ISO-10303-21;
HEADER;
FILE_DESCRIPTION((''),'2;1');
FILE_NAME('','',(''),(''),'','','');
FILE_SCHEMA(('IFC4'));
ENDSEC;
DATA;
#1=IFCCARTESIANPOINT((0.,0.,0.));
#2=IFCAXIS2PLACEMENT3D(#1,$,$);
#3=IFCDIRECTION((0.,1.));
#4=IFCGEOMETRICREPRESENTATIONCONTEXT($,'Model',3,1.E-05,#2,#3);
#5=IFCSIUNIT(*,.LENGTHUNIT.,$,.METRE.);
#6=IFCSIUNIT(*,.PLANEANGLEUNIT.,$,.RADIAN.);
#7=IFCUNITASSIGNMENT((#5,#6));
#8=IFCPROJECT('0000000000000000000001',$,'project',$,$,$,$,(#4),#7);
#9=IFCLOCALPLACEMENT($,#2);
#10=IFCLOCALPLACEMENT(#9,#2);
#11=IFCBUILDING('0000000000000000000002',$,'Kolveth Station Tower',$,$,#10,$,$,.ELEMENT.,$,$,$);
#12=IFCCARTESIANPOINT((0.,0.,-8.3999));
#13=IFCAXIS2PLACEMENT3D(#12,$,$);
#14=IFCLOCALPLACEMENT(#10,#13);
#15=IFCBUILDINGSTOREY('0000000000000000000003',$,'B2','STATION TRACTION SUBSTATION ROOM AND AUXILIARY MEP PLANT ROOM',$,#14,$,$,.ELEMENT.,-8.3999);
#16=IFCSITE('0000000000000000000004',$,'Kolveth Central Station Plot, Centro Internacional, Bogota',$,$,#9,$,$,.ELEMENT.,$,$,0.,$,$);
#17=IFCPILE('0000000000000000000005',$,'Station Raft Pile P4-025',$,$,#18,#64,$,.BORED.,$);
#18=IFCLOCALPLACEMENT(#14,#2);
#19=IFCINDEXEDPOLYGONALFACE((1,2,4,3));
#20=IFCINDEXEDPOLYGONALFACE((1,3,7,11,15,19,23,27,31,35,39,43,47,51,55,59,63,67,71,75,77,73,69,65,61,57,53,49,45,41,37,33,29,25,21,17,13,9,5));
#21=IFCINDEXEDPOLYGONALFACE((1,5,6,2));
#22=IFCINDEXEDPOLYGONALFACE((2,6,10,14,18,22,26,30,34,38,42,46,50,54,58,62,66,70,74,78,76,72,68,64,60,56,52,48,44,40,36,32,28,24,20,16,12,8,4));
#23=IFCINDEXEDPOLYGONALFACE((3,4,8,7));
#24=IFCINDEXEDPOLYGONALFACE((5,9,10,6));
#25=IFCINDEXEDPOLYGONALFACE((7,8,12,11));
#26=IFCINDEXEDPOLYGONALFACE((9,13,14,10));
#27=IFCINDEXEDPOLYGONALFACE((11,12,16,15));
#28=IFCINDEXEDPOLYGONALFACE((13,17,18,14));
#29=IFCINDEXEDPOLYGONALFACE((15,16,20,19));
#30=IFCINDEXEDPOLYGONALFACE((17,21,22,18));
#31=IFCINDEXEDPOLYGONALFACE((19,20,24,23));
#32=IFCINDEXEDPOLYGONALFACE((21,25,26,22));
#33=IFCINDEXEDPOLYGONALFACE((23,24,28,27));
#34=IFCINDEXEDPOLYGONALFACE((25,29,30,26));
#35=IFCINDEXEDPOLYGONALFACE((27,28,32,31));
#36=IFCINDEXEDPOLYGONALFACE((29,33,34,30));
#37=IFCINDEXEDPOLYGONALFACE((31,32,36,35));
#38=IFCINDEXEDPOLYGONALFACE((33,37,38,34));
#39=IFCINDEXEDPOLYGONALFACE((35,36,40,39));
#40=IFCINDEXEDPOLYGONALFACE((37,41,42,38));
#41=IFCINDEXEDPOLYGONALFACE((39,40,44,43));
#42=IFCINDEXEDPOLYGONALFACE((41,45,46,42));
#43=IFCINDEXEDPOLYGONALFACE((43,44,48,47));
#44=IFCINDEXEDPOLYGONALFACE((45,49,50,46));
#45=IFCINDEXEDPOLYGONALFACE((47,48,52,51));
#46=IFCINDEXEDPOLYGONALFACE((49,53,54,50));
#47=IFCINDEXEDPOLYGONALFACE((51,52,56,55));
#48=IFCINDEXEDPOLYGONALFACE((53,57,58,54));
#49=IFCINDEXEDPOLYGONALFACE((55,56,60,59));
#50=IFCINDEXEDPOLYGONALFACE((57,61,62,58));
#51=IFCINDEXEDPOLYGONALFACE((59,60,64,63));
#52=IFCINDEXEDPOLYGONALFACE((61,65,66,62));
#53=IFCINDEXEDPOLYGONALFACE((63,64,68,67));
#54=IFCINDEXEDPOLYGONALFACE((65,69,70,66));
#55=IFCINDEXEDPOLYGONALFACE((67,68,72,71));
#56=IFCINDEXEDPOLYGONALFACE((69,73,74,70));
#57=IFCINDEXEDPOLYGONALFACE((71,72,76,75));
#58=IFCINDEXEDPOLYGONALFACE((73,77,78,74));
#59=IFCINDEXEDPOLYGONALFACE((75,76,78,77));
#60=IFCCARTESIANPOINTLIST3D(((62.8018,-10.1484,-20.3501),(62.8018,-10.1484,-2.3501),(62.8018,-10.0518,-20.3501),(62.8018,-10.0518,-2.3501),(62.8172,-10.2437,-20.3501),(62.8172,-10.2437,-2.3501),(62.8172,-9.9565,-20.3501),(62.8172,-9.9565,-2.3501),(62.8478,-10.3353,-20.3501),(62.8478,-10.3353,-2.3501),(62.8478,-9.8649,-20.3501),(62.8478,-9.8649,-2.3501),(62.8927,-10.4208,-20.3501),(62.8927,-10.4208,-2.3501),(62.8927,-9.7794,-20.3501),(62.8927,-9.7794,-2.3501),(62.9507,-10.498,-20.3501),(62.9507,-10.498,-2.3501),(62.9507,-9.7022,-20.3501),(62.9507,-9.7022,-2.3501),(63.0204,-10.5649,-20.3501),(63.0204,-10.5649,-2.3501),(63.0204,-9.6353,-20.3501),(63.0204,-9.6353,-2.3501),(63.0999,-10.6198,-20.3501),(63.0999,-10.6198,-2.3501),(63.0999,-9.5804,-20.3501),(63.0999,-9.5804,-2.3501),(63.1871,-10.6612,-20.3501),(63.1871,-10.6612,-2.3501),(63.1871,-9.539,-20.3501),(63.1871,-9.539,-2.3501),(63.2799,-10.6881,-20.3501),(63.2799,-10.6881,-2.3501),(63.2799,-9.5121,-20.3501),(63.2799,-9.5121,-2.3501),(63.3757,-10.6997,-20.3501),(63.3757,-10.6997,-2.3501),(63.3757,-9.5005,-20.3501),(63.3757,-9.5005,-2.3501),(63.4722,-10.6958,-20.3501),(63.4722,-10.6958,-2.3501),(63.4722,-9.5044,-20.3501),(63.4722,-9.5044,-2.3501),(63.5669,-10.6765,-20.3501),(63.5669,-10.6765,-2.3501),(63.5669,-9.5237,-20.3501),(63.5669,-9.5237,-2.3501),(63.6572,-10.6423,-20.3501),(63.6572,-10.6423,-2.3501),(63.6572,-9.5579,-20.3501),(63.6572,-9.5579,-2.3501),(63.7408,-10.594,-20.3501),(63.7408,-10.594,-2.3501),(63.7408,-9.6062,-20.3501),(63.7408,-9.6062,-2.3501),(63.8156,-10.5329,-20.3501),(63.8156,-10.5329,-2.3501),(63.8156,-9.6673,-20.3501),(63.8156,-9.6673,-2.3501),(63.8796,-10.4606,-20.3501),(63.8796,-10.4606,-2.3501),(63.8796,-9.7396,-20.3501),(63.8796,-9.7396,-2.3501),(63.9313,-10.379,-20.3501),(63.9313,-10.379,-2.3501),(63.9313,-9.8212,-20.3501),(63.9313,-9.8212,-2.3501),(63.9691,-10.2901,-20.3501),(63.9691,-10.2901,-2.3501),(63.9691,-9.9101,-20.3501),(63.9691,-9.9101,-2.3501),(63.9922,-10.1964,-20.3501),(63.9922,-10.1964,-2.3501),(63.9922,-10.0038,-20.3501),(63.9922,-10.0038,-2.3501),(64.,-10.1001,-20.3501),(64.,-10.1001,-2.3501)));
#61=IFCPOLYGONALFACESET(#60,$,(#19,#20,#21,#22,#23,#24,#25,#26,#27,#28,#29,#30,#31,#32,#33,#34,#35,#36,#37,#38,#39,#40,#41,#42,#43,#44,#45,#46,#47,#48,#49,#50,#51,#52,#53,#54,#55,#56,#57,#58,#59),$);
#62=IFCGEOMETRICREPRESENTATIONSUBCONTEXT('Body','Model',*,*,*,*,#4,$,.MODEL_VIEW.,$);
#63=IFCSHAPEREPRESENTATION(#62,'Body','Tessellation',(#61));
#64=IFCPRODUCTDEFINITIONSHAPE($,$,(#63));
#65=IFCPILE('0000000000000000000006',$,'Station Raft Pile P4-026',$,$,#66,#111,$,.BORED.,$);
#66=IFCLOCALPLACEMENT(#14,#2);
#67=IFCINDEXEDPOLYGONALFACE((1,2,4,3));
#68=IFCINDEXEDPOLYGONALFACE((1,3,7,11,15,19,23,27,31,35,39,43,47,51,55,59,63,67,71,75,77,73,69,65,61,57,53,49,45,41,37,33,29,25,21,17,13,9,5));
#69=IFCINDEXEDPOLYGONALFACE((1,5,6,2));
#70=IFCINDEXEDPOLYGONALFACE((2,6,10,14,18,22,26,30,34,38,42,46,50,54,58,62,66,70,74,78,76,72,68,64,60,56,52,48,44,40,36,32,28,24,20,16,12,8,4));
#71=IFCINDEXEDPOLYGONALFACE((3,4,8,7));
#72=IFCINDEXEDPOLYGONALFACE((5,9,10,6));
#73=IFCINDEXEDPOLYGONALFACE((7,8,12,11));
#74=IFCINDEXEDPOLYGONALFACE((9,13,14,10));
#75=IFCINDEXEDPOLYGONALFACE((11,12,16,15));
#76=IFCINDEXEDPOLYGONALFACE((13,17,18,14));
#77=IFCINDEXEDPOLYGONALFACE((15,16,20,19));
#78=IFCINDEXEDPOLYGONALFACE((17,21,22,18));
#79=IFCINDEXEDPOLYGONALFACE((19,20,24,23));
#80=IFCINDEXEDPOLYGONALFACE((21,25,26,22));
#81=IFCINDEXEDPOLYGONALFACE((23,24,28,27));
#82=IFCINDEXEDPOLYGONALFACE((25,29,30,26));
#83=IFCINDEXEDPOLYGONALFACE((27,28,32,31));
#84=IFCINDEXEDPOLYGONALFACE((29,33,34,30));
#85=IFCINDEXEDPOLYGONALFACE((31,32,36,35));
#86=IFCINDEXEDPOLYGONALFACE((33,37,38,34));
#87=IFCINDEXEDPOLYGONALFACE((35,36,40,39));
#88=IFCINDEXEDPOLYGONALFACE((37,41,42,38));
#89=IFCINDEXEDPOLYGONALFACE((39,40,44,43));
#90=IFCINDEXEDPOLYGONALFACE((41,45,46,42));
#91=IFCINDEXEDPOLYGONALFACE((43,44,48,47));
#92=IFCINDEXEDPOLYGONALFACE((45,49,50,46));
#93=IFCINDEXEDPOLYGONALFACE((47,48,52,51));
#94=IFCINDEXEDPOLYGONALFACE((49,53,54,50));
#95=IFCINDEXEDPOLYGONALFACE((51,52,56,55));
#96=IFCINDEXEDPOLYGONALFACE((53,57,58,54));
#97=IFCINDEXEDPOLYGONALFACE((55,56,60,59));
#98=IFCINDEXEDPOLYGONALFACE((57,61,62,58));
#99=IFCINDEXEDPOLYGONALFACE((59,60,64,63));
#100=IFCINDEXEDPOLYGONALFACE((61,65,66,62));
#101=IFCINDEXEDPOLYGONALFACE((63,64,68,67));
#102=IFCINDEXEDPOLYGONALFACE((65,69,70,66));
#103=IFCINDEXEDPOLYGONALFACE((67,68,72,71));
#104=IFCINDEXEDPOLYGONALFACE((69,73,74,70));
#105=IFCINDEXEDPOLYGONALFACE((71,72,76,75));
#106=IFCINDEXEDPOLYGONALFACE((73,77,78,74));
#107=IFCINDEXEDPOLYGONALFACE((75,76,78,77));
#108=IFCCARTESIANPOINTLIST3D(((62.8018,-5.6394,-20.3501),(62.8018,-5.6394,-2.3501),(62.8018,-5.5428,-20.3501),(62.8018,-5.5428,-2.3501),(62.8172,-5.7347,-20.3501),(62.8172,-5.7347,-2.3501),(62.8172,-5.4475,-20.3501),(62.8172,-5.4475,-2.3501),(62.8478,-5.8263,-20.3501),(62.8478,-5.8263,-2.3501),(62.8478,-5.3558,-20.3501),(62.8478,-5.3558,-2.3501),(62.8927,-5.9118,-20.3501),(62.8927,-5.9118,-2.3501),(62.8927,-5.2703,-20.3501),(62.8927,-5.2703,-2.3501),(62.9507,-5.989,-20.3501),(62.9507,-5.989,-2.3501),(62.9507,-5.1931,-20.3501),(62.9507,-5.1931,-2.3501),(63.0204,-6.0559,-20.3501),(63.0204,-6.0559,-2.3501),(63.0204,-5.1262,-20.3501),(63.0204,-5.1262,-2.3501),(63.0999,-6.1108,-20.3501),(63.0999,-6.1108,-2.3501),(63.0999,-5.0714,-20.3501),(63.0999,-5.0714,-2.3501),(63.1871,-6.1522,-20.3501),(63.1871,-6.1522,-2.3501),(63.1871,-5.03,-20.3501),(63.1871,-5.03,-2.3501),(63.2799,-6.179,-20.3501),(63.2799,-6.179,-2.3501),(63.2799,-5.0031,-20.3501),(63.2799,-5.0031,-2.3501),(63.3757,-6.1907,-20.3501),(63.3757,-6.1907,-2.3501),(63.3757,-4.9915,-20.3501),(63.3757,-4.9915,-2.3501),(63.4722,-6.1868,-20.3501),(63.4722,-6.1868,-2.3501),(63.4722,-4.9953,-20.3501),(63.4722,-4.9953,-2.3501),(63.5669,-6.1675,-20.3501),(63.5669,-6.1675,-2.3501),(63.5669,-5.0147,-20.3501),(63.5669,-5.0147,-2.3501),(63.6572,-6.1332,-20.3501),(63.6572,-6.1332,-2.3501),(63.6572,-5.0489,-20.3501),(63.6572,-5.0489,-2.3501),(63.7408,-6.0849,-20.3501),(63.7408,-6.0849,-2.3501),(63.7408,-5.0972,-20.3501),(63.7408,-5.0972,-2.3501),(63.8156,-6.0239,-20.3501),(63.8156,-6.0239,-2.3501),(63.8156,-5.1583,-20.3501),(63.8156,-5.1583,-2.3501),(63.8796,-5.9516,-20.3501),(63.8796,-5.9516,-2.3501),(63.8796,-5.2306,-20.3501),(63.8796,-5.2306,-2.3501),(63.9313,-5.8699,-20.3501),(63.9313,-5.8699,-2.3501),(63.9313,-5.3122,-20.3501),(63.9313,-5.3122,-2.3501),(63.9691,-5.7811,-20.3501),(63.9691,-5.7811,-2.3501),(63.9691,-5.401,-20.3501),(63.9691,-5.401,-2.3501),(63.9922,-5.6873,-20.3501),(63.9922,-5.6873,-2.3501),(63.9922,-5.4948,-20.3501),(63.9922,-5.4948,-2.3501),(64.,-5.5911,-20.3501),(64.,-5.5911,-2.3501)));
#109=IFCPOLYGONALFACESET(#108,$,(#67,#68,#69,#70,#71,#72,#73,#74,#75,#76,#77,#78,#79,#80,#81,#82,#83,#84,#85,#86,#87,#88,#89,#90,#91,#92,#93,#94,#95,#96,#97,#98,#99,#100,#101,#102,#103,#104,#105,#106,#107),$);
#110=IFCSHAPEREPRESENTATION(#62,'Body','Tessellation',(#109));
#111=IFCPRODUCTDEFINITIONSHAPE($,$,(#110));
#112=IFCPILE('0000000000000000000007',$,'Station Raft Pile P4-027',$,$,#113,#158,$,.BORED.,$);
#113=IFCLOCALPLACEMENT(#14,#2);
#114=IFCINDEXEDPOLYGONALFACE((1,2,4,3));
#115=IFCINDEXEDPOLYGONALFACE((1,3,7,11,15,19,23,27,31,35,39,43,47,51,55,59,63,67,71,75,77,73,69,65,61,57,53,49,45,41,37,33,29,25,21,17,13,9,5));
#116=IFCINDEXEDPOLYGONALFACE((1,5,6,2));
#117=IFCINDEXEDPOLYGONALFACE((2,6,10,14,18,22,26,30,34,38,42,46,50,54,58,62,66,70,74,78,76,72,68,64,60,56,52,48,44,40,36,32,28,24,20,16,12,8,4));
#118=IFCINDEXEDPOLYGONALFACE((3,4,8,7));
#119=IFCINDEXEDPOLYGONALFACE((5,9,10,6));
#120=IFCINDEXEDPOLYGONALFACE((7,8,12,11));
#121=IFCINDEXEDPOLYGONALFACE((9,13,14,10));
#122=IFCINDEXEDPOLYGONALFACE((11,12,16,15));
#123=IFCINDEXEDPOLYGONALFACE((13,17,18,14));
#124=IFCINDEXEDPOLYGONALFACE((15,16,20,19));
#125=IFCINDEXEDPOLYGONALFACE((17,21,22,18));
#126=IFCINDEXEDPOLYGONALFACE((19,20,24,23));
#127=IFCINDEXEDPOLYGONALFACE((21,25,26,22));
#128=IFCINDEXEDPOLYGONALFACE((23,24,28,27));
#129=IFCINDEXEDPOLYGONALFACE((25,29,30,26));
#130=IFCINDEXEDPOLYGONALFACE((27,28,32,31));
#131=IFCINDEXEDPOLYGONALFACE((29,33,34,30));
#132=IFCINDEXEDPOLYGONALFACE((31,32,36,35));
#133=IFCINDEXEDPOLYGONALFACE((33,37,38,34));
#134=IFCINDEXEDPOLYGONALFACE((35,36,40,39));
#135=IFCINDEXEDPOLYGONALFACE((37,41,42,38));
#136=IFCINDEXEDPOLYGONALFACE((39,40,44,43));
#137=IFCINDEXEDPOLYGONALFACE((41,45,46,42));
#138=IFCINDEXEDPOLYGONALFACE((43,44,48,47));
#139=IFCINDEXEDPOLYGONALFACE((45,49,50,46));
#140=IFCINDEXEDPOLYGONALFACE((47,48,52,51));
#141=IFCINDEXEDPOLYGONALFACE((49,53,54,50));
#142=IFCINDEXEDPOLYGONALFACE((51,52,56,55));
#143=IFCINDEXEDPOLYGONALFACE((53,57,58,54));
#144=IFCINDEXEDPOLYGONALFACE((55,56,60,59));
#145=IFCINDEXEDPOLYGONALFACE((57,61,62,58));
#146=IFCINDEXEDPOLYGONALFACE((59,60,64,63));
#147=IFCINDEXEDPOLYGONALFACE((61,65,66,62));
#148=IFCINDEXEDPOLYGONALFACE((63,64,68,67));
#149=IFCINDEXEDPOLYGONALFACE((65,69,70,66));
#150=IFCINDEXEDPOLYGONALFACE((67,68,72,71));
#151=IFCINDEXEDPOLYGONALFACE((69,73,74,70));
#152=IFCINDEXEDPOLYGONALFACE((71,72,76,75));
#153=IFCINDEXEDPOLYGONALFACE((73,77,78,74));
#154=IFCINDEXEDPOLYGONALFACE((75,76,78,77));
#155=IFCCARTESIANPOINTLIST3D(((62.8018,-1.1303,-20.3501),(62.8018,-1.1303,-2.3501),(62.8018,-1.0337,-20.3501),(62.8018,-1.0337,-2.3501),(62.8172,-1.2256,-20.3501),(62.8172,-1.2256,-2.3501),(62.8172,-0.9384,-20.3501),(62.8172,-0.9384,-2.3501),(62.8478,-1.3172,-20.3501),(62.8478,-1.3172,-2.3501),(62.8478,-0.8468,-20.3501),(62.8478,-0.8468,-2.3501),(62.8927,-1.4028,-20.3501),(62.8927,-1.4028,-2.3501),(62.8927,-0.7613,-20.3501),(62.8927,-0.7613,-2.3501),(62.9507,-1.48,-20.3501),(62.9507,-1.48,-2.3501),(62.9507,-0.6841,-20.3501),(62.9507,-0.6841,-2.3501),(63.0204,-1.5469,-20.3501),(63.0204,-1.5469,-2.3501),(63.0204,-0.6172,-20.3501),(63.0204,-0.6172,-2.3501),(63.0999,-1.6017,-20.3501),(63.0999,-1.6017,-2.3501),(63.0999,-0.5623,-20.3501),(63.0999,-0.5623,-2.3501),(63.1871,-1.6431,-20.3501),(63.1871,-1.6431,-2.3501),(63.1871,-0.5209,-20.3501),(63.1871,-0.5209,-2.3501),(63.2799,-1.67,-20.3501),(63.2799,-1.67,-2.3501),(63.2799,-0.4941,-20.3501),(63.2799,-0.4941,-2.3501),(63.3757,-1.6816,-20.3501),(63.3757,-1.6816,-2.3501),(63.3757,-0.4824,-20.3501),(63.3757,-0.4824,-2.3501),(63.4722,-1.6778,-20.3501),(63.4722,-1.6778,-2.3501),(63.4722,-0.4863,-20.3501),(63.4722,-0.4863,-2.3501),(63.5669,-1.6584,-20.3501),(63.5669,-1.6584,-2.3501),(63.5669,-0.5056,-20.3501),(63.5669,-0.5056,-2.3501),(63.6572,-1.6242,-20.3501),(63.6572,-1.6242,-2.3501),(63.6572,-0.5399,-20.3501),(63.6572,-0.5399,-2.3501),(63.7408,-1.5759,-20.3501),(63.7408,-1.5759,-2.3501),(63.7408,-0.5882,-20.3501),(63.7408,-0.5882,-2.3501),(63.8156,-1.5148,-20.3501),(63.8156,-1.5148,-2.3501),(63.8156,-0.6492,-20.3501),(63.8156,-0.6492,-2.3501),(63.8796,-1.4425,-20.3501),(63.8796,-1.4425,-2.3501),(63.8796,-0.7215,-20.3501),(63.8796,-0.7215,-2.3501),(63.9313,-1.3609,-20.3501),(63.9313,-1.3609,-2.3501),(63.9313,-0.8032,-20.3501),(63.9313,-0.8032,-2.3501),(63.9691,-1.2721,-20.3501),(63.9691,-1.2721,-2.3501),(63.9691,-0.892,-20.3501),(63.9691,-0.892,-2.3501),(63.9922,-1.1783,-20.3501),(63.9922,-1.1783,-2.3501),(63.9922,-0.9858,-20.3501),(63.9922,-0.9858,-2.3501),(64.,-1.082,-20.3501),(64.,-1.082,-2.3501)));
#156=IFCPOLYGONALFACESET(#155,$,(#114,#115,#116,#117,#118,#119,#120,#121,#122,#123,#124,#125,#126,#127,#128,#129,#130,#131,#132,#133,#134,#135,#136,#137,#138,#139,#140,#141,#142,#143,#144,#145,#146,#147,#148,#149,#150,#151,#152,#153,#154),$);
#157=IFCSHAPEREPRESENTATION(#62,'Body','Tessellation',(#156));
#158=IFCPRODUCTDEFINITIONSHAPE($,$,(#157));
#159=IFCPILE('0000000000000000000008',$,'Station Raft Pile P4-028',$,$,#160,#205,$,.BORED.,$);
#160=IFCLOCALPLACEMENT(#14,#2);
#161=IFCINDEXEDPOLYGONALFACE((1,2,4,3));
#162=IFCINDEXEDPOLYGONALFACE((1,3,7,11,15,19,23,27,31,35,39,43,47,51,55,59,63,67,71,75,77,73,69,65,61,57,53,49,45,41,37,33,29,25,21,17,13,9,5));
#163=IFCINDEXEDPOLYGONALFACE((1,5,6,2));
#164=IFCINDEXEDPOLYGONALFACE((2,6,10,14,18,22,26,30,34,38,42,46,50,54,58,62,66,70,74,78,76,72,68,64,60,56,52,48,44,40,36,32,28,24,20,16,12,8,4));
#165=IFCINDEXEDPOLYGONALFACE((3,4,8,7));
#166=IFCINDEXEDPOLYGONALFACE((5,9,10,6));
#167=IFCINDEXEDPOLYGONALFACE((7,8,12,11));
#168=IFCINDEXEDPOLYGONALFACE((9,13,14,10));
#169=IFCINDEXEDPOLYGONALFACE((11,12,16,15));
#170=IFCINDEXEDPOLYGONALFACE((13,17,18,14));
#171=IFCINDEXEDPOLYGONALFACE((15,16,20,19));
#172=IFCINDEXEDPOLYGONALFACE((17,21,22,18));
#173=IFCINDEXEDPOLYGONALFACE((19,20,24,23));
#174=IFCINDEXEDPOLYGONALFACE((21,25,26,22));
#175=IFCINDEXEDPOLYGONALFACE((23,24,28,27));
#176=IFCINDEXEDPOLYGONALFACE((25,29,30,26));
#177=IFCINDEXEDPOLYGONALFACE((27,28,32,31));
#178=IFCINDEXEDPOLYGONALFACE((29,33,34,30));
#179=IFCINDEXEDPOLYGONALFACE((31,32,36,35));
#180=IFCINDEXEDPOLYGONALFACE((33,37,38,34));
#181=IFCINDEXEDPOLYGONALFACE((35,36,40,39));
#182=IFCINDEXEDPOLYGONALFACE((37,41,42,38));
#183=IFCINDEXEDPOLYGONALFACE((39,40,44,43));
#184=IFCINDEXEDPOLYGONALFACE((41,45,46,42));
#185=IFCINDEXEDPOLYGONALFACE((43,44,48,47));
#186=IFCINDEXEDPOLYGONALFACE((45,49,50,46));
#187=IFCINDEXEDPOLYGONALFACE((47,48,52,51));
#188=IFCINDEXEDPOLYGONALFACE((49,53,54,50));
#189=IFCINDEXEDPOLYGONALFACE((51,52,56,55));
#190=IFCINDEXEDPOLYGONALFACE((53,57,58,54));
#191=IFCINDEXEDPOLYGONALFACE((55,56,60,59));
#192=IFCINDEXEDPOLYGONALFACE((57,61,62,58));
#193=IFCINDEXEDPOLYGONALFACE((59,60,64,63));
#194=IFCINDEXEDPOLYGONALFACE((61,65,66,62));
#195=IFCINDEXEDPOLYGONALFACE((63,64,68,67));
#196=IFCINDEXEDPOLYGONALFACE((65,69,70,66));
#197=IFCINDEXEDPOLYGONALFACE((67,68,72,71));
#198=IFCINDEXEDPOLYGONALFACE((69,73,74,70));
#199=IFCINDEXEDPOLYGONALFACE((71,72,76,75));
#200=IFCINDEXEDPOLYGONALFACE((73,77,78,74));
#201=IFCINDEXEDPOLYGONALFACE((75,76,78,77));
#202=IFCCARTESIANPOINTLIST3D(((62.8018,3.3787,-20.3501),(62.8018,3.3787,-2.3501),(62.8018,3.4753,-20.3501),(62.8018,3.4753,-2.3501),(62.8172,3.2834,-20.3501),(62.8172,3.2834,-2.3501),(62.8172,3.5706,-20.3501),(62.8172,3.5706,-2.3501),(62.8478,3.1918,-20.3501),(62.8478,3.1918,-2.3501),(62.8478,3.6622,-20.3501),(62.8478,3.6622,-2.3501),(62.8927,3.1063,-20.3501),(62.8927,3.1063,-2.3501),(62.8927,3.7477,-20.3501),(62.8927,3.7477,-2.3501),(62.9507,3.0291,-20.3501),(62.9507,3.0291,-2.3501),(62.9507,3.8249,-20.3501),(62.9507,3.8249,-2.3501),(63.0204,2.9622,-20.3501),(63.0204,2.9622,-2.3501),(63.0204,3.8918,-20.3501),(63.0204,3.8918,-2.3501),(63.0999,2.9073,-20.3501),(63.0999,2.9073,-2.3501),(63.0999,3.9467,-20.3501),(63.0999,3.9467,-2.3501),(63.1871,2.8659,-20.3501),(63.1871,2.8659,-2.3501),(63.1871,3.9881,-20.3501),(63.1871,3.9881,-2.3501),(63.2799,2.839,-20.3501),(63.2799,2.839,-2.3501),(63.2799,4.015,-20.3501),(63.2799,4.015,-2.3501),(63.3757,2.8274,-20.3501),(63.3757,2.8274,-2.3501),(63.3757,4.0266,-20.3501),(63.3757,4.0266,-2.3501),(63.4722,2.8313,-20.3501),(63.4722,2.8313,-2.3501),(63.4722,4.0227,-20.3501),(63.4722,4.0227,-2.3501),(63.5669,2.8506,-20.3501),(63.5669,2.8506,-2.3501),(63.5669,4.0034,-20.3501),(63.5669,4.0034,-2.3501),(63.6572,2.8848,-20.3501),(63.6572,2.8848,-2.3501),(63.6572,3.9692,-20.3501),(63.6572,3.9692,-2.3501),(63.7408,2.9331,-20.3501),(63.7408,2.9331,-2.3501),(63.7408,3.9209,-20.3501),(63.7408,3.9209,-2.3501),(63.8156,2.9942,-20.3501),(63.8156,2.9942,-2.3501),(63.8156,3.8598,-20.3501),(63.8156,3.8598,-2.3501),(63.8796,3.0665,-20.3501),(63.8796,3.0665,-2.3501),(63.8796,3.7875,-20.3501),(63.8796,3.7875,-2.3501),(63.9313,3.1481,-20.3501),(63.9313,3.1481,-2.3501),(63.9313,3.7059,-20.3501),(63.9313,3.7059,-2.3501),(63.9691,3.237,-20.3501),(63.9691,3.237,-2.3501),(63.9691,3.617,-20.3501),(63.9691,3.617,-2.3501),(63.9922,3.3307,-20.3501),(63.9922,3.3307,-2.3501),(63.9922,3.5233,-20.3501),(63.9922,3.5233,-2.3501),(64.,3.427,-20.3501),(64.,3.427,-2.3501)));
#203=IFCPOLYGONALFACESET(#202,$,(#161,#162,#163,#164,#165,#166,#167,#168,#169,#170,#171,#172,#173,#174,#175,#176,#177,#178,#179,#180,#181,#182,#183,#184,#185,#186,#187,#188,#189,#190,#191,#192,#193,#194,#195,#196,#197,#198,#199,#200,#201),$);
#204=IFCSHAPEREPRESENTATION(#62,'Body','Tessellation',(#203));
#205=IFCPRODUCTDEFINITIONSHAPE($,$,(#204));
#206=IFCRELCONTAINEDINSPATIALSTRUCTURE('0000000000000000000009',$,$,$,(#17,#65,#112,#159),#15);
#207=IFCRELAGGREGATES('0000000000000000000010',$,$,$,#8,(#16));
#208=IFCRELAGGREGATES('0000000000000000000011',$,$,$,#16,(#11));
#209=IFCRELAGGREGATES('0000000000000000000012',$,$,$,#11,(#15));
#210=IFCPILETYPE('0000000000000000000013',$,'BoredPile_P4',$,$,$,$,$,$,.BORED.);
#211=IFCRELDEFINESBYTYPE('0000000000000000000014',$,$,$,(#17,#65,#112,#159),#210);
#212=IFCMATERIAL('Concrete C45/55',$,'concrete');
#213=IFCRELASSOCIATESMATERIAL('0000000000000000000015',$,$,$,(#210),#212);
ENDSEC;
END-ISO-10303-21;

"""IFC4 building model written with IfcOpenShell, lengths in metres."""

from ifc_helpers import new_model, si_unit, direction, frame, origin, origin_2d, place, context, subcontext, project, spatial, circle, extrude, source, transform, mapped, material, material_profile, profile_set, type_object, element, save


model = new_model("IFC4")

# Units and contexts
model_context = context("Model", 3, precision=1e-05, world=origin(), true_north=direction((0.0, 1.0)))
body_context = subcontext(model_context, "Body", "Model", "MODEL_VIEW")
ifc_project = project(units=[si_unit("LENGTHUNIT", "METRE"), si_unit("PLANEANGLEUNIT", "RADIAN")], contexts=[model_context])

# Site, building, storey
site_placement = place(None, origin())
site = spatial("IfcSite", under=ifc_project, at=site_placement, Name="Kolveth Central Station Plot, Centro Internacional, Bogota", CompositionType="ELEMENT", RefElevation=0.0)
building_placement = place(site_placement, origin())
building = spatial("IfcBuilding", under=site, at=building_placement, Name="Kolveth Station Tower", CompositionType="ELEMENT")
storey_placement = place(building_placement, frame((0.0, 0.0, -8.3999)))
storey = spatial("IfcBuildingStorey", under=building, at=storey_placement, Name="B2", Description="STATION TRACTION SUBSTATION ROOM AND AUXILIARY MEP PLANT ROOM", CompositionType="ELEMENT", Elevation=-8.3999)

# Piles
ifc_material_1 = material(Name="Concrete C45/55", Category="concrete")
ifc_material_profile_1 = material_profile(ifc_material_1, circle(Radius=0.6001, at=origin_2d()), Name="PILE-D1200")
ifc_profile_set_1 = profile_set([ifc_material_profile_1], Name="Concrete C45/55")
pile_type = type_object("IfcPileType", Name="BoredPile_P4", PredefinedType="BORED", material=ifc_profile_set_1)
shared_shape_1 = source(origin(), body_context, "Body", "SweptSolid", [
    extrude(circle(Radius=0.6001, at=origin_2d()), origin(), (0.0, 0.0, 1.0), 18.0),
])
for number, where, z_axis, x_axis, name in (
    (1, (63.3999, -10.1001, -2.3501), (0.0, 0.0, -1.0), (1.0, 0.0, 0.0), "Station Raft Pile P4-025"),
    (2, (63.3999, -5.5911, -2.3501), (0.0, 0.0, -1.0), (1.0, 0.0, 0.0), "Station Raft Pile P4-026"),
    (3, (63.3999, -1.082, -2.3501), (0.0, 0.0, -1.0), (1.0, 0.0, 0.0), "Station Raft Pile P4-027"),
    (4, (63.3999, 3.427, -2.3501), (0.0, 0.0, -1.0), (1.0, 0.0, 0.0), "Station Raft Pile P4-028"),
):
    element("IfcPile", number, at=place(storey_placement, frame(where, z_axis=z_axis, x_axis=x_axis)), inside=storey, type_object=pile_type, Name=name, PredefinedType="BORED", context=body_context, shape_type="MappedRepresentation", body=[
        mapped(shared_shape_1, transform((0.0, 0.0, 0.0), x_axis=(1.0, 0.0, 0.0), y_axis=(0.0, 1.0, 0.0), z_axis=(0.0, 0.0, 1.0), scale=1.0)),
    ])

save(model, "model.ifc")
